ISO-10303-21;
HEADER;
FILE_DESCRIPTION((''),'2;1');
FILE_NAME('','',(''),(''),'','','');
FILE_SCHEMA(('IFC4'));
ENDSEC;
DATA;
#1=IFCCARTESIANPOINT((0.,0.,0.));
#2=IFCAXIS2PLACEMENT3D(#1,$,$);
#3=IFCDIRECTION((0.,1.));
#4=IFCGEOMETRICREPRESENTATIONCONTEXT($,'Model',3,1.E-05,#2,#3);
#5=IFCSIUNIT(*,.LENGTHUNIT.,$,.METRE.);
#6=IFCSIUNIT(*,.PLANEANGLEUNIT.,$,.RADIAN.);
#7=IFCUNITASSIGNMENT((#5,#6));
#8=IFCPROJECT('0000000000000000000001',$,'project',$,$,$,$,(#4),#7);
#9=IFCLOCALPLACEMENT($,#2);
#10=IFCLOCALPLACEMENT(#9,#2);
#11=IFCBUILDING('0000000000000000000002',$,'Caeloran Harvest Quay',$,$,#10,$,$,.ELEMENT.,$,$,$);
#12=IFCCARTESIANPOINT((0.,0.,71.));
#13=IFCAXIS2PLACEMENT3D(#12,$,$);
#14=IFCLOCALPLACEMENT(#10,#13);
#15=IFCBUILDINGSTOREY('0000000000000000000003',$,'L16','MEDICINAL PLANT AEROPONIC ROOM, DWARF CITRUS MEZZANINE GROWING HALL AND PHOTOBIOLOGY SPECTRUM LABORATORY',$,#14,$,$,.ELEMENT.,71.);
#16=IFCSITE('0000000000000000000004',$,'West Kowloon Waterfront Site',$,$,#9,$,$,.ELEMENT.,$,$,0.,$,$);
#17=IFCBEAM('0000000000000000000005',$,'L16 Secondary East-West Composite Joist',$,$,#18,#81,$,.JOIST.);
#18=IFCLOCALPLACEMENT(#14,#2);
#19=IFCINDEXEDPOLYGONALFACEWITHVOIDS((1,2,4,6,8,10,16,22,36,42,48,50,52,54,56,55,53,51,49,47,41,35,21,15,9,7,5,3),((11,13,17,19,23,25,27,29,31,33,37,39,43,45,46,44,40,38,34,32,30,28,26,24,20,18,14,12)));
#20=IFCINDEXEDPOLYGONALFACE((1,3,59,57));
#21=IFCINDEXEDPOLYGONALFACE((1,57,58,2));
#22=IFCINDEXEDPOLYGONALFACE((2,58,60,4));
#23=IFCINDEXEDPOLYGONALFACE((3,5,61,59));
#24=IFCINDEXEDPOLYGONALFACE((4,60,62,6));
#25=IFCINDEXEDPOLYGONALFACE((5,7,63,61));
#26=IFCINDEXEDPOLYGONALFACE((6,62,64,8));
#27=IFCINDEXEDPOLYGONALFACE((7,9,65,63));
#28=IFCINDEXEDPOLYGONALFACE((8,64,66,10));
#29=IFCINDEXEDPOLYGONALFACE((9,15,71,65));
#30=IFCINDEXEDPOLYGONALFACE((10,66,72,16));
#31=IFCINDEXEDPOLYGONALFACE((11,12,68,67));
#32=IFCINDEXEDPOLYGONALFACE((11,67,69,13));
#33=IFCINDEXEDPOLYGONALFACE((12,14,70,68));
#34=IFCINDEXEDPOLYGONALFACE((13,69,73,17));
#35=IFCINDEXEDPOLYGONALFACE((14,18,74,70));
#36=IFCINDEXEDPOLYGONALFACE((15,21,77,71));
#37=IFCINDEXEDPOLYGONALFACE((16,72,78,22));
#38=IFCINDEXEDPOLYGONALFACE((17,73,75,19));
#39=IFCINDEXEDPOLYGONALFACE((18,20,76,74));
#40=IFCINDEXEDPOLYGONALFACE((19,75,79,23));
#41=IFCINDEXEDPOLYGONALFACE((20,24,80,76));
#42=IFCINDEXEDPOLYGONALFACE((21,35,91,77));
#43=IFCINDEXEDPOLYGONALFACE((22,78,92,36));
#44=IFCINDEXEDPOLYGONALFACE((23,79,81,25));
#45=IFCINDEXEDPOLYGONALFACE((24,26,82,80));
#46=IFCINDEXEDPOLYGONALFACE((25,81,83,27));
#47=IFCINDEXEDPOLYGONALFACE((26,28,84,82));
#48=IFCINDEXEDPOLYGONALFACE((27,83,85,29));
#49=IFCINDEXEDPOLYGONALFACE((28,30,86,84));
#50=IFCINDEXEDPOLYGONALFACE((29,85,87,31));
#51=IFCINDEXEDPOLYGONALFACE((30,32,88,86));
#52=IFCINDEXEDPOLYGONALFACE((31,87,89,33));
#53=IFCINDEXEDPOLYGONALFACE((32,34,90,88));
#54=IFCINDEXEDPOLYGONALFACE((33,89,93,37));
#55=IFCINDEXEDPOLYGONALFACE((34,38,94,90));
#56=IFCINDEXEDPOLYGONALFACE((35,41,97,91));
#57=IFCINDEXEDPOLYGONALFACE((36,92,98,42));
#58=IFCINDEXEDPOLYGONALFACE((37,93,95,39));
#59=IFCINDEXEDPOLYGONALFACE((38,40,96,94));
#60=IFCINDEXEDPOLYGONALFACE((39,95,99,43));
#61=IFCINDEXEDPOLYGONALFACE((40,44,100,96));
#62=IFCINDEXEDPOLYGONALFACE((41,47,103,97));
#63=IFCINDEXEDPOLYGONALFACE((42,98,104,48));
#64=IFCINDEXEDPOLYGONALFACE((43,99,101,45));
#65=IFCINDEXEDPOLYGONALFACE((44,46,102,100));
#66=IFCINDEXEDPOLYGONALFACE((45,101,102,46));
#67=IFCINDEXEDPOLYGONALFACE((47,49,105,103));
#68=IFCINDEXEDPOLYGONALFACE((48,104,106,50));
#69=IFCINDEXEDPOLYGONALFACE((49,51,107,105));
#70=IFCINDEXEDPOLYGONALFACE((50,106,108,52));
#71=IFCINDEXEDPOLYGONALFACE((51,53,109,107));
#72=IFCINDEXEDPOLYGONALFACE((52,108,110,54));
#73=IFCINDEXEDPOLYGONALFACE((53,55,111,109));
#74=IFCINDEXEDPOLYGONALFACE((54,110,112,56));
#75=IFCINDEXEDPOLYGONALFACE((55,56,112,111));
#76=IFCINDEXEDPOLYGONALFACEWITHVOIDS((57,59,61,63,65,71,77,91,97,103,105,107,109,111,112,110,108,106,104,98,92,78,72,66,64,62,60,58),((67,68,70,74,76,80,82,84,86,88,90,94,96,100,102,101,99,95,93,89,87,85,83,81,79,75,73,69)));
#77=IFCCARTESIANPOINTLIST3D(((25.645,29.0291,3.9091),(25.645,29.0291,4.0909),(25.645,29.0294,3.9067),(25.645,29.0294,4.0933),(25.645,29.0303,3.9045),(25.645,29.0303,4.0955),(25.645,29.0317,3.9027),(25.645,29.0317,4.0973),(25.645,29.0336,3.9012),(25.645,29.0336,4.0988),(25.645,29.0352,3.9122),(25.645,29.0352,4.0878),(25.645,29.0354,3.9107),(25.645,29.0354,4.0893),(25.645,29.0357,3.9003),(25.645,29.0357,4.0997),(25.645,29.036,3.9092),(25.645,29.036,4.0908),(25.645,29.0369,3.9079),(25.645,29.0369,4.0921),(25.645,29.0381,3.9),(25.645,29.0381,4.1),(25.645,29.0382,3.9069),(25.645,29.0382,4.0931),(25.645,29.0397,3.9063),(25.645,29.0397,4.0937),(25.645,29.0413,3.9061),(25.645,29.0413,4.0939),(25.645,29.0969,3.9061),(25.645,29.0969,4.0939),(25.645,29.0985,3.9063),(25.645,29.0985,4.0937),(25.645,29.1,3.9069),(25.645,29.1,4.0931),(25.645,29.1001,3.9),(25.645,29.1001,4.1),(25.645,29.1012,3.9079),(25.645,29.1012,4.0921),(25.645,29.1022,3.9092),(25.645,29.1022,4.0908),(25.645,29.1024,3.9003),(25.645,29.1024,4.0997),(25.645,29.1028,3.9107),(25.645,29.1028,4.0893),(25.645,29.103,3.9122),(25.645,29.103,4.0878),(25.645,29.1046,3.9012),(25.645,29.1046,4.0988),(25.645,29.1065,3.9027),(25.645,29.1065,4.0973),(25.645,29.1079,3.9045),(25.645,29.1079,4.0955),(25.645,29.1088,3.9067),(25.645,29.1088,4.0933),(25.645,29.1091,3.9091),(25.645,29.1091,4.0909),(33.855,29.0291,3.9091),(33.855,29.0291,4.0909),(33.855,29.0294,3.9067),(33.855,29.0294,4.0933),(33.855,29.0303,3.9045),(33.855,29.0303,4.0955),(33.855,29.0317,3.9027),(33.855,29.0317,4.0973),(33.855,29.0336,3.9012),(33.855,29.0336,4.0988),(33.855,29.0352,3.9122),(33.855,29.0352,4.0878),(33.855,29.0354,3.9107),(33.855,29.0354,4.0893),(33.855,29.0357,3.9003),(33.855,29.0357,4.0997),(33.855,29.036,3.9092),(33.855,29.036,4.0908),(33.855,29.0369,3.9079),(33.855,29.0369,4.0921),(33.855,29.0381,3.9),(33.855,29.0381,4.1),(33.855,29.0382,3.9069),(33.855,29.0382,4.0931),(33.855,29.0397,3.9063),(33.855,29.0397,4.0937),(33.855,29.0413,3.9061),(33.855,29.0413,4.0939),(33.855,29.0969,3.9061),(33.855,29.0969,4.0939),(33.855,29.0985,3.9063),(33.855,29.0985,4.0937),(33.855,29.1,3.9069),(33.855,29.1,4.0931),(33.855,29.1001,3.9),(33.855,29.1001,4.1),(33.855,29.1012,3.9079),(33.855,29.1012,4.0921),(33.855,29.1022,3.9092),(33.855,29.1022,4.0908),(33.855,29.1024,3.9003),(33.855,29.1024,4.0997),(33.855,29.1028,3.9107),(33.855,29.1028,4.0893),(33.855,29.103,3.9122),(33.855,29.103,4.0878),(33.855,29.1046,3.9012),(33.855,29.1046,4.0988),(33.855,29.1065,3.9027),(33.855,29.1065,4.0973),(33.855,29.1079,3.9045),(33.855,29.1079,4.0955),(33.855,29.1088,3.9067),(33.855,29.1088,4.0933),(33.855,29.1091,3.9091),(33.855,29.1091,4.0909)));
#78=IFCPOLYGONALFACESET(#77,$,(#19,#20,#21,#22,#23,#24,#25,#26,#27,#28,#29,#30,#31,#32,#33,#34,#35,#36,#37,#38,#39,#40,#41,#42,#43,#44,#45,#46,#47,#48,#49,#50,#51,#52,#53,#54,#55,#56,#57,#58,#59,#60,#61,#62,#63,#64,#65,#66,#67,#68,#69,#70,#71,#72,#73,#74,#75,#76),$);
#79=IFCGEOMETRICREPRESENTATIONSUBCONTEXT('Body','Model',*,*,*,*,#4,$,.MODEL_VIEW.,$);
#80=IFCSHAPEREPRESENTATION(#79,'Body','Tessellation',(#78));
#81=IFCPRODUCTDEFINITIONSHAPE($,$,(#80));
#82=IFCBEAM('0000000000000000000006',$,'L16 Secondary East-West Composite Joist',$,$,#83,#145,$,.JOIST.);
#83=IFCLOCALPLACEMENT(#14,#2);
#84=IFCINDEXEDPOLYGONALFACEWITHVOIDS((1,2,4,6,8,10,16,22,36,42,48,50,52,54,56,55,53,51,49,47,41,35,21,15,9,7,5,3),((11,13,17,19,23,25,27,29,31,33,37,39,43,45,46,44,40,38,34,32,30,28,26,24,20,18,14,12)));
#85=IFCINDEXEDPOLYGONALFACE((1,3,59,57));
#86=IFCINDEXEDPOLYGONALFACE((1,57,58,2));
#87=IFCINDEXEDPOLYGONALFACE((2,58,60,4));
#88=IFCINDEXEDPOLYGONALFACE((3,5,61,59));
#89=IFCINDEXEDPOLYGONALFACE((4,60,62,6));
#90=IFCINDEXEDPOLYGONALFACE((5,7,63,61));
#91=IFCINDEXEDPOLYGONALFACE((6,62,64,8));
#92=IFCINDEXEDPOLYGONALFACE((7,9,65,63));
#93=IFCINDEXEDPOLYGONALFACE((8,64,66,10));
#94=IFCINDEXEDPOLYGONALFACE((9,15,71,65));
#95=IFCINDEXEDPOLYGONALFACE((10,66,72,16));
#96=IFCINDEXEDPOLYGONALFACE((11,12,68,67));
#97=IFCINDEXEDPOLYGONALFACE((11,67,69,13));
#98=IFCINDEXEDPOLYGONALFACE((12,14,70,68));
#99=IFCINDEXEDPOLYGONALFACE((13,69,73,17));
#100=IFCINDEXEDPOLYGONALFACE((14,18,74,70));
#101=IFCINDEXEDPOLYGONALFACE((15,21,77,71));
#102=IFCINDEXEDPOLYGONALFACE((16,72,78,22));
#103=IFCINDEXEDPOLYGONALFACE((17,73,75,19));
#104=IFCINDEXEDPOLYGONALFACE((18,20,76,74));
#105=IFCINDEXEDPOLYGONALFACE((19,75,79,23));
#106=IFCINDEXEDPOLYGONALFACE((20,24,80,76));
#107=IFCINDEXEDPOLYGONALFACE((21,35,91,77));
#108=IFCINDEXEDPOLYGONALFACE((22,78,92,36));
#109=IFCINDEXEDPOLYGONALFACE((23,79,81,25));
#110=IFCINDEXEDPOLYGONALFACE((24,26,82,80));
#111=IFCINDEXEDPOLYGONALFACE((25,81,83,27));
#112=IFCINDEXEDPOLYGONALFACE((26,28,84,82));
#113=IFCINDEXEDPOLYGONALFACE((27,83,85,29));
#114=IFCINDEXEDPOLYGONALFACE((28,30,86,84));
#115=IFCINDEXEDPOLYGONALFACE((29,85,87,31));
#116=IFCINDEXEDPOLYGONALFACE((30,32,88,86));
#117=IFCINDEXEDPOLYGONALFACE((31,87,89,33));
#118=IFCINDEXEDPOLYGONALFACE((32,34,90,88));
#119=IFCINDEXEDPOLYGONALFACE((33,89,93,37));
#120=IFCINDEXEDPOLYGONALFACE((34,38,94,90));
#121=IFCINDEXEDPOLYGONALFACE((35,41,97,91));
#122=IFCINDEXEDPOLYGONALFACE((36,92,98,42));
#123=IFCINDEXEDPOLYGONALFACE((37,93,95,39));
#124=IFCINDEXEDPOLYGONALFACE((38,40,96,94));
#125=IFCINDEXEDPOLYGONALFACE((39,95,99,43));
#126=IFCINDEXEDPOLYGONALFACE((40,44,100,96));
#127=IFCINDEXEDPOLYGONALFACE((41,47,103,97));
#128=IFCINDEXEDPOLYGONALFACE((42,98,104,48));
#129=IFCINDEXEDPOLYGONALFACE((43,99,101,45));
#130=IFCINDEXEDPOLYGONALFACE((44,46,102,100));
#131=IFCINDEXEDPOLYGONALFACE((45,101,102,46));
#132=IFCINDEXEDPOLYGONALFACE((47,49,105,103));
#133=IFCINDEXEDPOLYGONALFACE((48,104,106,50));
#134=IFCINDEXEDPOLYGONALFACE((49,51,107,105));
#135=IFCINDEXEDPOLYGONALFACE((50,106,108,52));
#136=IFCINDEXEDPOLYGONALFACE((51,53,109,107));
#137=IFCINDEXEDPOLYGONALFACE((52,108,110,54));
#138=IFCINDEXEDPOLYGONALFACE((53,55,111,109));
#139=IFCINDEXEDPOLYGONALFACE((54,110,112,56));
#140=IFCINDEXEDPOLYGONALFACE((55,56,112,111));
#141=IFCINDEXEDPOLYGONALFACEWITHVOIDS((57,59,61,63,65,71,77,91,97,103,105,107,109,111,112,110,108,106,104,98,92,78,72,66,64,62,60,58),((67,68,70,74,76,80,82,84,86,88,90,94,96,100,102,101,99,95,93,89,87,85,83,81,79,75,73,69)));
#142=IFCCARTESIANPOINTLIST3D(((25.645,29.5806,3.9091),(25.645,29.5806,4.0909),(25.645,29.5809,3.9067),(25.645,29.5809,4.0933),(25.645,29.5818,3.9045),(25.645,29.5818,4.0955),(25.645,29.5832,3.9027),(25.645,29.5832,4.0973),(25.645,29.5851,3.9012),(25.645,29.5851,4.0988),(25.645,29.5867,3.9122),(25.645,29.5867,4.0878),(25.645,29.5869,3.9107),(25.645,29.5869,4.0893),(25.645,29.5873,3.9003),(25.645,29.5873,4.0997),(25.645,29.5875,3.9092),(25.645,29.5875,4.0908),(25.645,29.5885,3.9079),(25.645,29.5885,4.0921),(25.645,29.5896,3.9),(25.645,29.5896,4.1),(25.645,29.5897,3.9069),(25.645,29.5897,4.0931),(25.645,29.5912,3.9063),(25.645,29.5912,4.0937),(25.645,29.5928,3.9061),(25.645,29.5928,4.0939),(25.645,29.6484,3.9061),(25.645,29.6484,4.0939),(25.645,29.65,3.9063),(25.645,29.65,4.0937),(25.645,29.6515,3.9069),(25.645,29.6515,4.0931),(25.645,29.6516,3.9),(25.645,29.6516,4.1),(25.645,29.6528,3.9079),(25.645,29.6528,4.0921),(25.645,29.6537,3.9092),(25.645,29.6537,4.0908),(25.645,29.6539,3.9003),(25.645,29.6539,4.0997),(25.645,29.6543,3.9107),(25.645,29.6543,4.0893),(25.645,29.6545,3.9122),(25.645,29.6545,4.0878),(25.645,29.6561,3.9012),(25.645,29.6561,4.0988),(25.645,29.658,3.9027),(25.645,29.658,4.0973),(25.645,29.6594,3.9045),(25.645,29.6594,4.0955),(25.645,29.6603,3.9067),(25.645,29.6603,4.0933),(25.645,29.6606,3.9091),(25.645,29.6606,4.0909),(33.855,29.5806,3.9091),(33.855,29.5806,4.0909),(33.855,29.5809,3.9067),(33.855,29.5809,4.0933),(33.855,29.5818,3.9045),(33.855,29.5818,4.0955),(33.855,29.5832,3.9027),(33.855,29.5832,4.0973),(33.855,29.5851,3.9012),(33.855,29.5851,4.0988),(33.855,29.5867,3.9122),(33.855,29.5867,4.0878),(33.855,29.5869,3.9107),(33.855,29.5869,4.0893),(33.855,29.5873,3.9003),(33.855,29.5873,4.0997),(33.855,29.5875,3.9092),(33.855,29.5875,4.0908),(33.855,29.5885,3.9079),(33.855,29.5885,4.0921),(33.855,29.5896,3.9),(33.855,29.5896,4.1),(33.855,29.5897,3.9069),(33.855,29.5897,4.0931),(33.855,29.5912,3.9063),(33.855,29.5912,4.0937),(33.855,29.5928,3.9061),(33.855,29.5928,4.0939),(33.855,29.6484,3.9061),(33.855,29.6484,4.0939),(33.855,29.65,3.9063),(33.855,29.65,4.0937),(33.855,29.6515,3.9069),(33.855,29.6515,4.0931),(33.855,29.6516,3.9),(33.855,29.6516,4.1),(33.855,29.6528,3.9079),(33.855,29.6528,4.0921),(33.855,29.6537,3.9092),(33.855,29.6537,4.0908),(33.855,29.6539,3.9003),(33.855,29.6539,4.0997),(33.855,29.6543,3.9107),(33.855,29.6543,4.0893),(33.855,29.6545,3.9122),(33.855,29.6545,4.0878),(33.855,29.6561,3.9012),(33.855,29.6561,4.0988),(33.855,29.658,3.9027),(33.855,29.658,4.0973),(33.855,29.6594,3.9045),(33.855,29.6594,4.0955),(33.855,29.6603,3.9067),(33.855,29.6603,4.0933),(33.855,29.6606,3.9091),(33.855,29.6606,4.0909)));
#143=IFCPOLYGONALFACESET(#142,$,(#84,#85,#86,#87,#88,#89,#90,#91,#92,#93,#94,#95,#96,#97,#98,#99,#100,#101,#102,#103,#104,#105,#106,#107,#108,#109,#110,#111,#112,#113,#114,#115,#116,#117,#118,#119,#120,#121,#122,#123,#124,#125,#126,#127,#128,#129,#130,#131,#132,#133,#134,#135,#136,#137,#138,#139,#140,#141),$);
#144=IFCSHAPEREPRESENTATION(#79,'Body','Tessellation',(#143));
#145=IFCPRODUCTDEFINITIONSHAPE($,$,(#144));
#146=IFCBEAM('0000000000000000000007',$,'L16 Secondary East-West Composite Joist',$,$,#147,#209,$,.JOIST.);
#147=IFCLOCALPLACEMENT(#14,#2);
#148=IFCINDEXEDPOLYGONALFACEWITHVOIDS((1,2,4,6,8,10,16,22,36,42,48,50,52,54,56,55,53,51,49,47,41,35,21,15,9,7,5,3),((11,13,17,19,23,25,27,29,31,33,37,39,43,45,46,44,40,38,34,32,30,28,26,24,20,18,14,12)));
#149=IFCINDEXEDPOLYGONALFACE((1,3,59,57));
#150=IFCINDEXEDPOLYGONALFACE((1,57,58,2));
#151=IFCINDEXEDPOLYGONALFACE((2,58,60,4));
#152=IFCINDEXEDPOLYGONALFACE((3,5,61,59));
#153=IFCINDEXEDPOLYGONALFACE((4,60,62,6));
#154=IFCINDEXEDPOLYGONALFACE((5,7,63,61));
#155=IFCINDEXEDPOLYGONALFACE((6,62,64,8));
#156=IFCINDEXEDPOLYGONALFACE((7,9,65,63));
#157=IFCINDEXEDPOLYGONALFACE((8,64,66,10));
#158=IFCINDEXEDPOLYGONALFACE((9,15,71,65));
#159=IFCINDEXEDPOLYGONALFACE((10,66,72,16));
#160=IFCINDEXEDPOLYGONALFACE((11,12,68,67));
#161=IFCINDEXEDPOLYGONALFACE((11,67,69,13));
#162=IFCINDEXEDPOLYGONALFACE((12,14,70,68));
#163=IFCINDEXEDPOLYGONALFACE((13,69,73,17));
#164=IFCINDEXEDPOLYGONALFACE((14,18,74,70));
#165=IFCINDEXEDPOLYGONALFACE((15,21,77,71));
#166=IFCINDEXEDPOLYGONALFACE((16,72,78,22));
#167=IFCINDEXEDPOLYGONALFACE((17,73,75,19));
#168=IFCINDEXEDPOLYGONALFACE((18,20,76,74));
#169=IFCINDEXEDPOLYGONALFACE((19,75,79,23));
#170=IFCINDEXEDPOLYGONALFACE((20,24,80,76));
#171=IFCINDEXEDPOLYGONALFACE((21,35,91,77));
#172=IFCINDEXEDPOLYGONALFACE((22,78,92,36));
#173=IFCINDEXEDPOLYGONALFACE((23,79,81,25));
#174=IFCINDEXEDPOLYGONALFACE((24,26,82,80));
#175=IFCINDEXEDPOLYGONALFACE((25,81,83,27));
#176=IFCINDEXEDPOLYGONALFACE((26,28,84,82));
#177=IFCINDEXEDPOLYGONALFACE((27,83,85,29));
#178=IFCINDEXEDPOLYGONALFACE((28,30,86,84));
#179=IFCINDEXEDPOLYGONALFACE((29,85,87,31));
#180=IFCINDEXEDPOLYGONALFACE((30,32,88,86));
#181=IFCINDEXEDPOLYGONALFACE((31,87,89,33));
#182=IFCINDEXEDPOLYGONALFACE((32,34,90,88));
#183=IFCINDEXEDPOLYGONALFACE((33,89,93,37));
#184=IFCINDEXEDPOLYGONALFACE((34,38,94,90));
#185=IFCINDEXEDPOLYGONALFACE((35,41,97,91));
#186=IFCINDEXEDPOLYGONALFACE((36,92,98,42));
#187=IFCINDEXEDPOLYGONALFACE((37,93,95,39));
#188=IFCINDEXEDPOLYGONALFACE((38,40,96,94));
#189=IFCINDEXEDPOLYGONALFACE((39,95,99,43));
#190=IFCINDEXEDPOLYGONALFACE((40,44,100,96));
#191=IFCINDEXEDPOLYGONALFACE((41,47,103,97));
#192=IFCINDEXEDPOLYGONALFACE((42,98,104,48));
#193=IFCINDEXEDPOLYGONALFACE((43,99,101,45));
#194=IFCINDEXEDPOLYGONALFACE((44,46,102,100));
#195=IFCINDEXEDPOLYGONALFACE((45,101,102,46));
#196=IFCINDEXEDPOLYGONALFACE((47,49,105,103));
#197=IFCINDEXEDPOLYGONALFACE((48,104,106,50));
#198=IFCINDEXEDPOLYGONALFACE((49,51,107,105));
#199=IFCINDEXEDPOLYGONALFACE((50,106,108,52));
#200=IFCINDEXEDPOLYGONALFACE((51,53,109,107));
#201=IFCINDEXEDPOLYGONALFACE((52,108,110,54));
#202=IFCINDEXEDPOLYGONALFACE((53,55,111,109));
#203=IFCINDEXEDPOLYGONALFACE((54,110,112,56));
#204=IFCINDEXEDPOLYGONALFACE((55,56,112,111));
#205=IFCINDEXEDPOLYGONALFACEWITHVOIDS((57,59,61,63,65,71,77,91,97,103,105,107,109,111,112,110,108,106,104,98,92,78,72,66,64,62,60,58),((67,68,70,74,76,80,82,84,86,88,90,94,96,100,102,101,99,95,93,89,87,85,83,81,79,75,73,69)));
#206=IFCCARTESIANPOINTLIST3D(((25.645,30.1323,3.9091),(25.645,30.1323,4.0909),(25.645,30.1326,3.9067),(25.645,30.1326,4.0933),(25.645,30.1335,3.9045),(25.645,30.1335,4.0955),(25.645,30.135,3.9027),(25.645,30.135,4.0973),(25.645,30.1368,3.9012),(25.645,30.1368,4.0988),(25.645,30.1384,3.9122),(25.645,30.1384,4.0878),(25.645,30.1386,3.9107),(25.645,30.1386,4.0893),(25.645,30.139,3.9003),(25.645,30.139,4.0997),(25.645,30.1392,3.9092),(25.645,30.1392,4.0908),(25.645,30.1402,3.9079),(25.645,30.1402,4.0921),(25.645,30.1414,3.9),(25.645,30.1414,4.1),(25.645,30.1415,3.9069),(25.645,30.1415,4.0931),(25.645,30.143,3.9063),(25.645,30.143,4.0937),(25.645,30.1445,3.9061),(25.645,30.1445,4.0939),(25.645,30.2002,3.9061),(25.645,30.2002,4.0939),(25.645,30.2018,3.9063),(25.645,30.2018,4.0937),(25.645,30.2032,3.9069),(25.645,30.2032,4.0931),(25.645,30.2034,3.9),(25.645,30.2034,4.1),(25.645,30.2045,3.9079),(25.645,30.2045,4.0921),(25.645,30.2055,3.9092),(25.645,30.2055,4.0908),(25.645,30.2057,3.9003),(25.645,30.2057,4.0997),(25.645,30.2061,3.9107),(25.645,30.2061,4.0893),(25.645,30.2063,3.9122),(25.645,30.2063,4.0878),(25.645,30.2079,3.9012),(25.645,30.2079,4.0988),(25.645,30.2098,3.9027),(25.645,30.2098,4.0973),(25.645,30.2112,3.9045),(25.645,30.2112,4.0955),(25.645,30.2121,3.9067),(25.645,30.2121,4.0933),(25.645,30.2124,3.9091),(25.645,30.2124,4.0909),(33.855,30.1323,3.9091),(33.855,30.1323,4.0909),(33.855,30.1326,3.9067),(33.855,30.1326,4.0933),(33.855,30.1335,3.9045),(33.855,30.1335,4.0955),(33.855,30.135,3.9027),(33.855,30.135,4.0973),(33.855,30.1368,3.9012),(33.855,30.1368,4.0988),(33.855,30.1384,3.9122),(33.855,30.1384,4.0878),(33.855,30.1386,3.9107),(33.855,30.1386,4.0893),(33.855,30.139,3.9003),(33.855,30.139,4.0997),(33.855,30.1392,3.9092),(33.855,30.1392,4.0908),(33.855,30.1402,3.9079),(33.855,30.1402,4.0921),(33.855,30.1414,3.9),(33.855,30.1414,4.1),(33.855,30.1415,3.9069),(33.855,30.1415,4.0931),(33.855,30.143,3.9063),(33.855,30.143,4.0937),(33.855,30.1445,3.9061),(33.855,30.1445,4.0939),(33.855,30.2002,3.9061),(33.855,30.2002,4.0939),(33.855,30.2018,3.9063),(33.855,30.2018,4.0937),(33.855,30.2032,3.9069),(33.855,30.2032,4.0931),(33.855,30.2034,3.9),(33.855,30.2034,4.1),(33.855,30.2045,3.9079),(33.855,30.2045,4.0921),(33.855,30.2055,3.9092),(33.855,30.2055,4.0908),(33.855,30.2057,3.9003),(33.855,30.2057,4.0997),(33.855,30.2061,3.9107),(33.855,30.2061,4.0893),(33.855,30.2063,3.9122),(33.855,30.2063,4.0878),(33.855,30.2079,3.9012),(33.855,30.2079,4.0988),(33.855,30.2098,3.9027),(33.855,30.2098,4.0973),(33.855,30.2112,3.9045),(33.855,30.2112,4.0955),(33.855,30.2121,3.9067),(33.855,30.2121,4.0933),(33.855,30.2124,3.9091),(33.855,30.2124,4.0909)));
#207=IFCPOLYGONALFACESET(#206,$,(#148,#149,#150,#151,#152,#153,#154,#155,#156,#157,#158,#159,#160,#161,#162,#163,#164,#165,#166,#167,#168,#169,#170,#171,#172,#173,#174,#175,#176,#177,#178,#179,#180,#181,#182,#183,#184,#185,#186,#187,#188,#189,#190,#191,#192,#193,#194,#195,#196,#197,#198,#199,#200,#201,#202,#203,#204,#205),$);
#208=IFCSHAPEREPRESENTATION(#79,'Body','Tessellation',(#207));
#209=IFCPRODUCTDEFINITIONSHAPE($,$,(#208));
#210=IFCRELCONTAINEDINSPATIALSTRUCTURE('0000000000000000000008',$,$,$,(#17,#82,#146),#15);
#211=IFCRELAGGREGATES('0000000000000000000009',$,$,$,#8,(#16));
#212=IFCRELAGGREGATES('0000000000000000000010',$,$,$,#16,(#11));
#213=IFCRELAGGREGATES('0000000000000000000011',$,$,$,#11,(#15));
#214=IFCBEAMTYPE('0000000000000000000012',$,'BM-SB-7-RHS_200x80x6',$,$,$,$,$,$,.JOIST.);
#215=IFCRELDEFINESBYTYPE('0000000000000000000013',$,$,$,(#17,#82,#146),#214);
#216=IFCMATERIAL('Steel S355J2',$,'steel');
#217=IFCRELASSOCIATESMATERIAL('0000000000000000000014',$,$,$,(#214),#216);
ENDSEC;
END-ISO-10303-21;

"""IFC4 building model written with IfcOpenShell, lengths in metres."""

from ifc_helpers import new_model, si_unit, direction, frame, origin, origin_2d, place, context, subcontext, project, spatial, hollow_rectangle, extrude, material, material_profile, profile_set, type_object, element, save


model = new_model("IFC4")

# Units and contexts
model_context = context("Model", 3, precision=1e-05, world=origin(), true_north=direction((0.0, 1.0)))
body_context = subcontext(model_context, "Body", "Model", "MODEL_VIEW")
ifc_project = project(units=[si_unit("LENGTHUNIT", "METRE"), si_unit("PLANEANGLEUNIT", "RADIAN")], contexts=[model_context])

# Site, building, storey
site_placement = place(None, origin())
site = spatial("IfcSite", under=ifc_project, at=site_placement, Name="West Kowloon Waterfront Site", CompositionType="ELEMENT", RefElevation=0.0)
building_placement = place(site_placement, origin())
building = spatial("IfcBuilding", under=site, at=building_placement, Name="Caeloran Harvest Quay", CompositionType="ELEMENT")
storey_placement = place(building_placement, frame((0.0, 0.0, 71.0)))
storey = spatial("IfcBuildingStorey", under=building, at=storey_placement, Name="L16", Description="MEDICINAL PLANT AEROPONIC ROOM, DWARF CITRUS MEZZANINE GROWING HALL AND PHOTOBIOLOGY SPECTRUM LABORATORY", CompositionType="ELEMENT", Elevation=71.0)

# Beams
ifc_material_1 = material(Name="Steel S355J2", Category="steel")
ifc_material_profile_1 = material_profile(ifc_material_1, hollow_rectangle(XDim=0.0801, YDim=0.2, WallThickness=0.0061, InnerFilletRadius=0.0061, OuterFilletRadius=0.009, at=origin_2d()), Name="RHS 200x80x6")
ifc_profile_set_1 = profile_set([ifc_material_profile_1], Name="Steel S355J2")
beam_type_1 = type_object("IfcBeamType", Name="BM-SB-7-RHS_200x80x6", PredefinedType="JOIST", material=ifc_profile_set_1)
for number, where, z_axis, x_axis, name in (
    (1, (25.645, 29.0691, 4.0), (1.0, 0.0, 0.0), (0.0, 1.0, 0.0), "L16 Secondary East-West Composite Joist"),
    (2, (25.645, 29.6206, 4.0), (1.0, 0.0, 0.0), (0.0, 1.0, 0.0), "L16 Secondary East-West Composite Joist"),
    (3, (25.645, 30.1724, 4.0), (1.0, 0.0, 0.0), (0.0, 1.0, 0.0), "L16 Secondary East-West Composite Joist"),
):
    element("IfcBeam", number, at=place(storey_placement, frame(where, z_axis=z_axis, x_axis=x_axis)), inside=storey, type_object=beam_type_1, Name=name, PredefinedType="JOIST", context=body_context, shape_type="SweptSolid", body=[
        extrude(hollow_rectangle(XDim=0.0801, YDim=0.2, WallThickness=0.0061, InnerFilletRadius=0.0061, OuterFilletRadius=0.009, at=origin_2d()), origin(), (0.0, 0.0, 1.0), 8.21),
    ])

save(model, "model.ifc")
